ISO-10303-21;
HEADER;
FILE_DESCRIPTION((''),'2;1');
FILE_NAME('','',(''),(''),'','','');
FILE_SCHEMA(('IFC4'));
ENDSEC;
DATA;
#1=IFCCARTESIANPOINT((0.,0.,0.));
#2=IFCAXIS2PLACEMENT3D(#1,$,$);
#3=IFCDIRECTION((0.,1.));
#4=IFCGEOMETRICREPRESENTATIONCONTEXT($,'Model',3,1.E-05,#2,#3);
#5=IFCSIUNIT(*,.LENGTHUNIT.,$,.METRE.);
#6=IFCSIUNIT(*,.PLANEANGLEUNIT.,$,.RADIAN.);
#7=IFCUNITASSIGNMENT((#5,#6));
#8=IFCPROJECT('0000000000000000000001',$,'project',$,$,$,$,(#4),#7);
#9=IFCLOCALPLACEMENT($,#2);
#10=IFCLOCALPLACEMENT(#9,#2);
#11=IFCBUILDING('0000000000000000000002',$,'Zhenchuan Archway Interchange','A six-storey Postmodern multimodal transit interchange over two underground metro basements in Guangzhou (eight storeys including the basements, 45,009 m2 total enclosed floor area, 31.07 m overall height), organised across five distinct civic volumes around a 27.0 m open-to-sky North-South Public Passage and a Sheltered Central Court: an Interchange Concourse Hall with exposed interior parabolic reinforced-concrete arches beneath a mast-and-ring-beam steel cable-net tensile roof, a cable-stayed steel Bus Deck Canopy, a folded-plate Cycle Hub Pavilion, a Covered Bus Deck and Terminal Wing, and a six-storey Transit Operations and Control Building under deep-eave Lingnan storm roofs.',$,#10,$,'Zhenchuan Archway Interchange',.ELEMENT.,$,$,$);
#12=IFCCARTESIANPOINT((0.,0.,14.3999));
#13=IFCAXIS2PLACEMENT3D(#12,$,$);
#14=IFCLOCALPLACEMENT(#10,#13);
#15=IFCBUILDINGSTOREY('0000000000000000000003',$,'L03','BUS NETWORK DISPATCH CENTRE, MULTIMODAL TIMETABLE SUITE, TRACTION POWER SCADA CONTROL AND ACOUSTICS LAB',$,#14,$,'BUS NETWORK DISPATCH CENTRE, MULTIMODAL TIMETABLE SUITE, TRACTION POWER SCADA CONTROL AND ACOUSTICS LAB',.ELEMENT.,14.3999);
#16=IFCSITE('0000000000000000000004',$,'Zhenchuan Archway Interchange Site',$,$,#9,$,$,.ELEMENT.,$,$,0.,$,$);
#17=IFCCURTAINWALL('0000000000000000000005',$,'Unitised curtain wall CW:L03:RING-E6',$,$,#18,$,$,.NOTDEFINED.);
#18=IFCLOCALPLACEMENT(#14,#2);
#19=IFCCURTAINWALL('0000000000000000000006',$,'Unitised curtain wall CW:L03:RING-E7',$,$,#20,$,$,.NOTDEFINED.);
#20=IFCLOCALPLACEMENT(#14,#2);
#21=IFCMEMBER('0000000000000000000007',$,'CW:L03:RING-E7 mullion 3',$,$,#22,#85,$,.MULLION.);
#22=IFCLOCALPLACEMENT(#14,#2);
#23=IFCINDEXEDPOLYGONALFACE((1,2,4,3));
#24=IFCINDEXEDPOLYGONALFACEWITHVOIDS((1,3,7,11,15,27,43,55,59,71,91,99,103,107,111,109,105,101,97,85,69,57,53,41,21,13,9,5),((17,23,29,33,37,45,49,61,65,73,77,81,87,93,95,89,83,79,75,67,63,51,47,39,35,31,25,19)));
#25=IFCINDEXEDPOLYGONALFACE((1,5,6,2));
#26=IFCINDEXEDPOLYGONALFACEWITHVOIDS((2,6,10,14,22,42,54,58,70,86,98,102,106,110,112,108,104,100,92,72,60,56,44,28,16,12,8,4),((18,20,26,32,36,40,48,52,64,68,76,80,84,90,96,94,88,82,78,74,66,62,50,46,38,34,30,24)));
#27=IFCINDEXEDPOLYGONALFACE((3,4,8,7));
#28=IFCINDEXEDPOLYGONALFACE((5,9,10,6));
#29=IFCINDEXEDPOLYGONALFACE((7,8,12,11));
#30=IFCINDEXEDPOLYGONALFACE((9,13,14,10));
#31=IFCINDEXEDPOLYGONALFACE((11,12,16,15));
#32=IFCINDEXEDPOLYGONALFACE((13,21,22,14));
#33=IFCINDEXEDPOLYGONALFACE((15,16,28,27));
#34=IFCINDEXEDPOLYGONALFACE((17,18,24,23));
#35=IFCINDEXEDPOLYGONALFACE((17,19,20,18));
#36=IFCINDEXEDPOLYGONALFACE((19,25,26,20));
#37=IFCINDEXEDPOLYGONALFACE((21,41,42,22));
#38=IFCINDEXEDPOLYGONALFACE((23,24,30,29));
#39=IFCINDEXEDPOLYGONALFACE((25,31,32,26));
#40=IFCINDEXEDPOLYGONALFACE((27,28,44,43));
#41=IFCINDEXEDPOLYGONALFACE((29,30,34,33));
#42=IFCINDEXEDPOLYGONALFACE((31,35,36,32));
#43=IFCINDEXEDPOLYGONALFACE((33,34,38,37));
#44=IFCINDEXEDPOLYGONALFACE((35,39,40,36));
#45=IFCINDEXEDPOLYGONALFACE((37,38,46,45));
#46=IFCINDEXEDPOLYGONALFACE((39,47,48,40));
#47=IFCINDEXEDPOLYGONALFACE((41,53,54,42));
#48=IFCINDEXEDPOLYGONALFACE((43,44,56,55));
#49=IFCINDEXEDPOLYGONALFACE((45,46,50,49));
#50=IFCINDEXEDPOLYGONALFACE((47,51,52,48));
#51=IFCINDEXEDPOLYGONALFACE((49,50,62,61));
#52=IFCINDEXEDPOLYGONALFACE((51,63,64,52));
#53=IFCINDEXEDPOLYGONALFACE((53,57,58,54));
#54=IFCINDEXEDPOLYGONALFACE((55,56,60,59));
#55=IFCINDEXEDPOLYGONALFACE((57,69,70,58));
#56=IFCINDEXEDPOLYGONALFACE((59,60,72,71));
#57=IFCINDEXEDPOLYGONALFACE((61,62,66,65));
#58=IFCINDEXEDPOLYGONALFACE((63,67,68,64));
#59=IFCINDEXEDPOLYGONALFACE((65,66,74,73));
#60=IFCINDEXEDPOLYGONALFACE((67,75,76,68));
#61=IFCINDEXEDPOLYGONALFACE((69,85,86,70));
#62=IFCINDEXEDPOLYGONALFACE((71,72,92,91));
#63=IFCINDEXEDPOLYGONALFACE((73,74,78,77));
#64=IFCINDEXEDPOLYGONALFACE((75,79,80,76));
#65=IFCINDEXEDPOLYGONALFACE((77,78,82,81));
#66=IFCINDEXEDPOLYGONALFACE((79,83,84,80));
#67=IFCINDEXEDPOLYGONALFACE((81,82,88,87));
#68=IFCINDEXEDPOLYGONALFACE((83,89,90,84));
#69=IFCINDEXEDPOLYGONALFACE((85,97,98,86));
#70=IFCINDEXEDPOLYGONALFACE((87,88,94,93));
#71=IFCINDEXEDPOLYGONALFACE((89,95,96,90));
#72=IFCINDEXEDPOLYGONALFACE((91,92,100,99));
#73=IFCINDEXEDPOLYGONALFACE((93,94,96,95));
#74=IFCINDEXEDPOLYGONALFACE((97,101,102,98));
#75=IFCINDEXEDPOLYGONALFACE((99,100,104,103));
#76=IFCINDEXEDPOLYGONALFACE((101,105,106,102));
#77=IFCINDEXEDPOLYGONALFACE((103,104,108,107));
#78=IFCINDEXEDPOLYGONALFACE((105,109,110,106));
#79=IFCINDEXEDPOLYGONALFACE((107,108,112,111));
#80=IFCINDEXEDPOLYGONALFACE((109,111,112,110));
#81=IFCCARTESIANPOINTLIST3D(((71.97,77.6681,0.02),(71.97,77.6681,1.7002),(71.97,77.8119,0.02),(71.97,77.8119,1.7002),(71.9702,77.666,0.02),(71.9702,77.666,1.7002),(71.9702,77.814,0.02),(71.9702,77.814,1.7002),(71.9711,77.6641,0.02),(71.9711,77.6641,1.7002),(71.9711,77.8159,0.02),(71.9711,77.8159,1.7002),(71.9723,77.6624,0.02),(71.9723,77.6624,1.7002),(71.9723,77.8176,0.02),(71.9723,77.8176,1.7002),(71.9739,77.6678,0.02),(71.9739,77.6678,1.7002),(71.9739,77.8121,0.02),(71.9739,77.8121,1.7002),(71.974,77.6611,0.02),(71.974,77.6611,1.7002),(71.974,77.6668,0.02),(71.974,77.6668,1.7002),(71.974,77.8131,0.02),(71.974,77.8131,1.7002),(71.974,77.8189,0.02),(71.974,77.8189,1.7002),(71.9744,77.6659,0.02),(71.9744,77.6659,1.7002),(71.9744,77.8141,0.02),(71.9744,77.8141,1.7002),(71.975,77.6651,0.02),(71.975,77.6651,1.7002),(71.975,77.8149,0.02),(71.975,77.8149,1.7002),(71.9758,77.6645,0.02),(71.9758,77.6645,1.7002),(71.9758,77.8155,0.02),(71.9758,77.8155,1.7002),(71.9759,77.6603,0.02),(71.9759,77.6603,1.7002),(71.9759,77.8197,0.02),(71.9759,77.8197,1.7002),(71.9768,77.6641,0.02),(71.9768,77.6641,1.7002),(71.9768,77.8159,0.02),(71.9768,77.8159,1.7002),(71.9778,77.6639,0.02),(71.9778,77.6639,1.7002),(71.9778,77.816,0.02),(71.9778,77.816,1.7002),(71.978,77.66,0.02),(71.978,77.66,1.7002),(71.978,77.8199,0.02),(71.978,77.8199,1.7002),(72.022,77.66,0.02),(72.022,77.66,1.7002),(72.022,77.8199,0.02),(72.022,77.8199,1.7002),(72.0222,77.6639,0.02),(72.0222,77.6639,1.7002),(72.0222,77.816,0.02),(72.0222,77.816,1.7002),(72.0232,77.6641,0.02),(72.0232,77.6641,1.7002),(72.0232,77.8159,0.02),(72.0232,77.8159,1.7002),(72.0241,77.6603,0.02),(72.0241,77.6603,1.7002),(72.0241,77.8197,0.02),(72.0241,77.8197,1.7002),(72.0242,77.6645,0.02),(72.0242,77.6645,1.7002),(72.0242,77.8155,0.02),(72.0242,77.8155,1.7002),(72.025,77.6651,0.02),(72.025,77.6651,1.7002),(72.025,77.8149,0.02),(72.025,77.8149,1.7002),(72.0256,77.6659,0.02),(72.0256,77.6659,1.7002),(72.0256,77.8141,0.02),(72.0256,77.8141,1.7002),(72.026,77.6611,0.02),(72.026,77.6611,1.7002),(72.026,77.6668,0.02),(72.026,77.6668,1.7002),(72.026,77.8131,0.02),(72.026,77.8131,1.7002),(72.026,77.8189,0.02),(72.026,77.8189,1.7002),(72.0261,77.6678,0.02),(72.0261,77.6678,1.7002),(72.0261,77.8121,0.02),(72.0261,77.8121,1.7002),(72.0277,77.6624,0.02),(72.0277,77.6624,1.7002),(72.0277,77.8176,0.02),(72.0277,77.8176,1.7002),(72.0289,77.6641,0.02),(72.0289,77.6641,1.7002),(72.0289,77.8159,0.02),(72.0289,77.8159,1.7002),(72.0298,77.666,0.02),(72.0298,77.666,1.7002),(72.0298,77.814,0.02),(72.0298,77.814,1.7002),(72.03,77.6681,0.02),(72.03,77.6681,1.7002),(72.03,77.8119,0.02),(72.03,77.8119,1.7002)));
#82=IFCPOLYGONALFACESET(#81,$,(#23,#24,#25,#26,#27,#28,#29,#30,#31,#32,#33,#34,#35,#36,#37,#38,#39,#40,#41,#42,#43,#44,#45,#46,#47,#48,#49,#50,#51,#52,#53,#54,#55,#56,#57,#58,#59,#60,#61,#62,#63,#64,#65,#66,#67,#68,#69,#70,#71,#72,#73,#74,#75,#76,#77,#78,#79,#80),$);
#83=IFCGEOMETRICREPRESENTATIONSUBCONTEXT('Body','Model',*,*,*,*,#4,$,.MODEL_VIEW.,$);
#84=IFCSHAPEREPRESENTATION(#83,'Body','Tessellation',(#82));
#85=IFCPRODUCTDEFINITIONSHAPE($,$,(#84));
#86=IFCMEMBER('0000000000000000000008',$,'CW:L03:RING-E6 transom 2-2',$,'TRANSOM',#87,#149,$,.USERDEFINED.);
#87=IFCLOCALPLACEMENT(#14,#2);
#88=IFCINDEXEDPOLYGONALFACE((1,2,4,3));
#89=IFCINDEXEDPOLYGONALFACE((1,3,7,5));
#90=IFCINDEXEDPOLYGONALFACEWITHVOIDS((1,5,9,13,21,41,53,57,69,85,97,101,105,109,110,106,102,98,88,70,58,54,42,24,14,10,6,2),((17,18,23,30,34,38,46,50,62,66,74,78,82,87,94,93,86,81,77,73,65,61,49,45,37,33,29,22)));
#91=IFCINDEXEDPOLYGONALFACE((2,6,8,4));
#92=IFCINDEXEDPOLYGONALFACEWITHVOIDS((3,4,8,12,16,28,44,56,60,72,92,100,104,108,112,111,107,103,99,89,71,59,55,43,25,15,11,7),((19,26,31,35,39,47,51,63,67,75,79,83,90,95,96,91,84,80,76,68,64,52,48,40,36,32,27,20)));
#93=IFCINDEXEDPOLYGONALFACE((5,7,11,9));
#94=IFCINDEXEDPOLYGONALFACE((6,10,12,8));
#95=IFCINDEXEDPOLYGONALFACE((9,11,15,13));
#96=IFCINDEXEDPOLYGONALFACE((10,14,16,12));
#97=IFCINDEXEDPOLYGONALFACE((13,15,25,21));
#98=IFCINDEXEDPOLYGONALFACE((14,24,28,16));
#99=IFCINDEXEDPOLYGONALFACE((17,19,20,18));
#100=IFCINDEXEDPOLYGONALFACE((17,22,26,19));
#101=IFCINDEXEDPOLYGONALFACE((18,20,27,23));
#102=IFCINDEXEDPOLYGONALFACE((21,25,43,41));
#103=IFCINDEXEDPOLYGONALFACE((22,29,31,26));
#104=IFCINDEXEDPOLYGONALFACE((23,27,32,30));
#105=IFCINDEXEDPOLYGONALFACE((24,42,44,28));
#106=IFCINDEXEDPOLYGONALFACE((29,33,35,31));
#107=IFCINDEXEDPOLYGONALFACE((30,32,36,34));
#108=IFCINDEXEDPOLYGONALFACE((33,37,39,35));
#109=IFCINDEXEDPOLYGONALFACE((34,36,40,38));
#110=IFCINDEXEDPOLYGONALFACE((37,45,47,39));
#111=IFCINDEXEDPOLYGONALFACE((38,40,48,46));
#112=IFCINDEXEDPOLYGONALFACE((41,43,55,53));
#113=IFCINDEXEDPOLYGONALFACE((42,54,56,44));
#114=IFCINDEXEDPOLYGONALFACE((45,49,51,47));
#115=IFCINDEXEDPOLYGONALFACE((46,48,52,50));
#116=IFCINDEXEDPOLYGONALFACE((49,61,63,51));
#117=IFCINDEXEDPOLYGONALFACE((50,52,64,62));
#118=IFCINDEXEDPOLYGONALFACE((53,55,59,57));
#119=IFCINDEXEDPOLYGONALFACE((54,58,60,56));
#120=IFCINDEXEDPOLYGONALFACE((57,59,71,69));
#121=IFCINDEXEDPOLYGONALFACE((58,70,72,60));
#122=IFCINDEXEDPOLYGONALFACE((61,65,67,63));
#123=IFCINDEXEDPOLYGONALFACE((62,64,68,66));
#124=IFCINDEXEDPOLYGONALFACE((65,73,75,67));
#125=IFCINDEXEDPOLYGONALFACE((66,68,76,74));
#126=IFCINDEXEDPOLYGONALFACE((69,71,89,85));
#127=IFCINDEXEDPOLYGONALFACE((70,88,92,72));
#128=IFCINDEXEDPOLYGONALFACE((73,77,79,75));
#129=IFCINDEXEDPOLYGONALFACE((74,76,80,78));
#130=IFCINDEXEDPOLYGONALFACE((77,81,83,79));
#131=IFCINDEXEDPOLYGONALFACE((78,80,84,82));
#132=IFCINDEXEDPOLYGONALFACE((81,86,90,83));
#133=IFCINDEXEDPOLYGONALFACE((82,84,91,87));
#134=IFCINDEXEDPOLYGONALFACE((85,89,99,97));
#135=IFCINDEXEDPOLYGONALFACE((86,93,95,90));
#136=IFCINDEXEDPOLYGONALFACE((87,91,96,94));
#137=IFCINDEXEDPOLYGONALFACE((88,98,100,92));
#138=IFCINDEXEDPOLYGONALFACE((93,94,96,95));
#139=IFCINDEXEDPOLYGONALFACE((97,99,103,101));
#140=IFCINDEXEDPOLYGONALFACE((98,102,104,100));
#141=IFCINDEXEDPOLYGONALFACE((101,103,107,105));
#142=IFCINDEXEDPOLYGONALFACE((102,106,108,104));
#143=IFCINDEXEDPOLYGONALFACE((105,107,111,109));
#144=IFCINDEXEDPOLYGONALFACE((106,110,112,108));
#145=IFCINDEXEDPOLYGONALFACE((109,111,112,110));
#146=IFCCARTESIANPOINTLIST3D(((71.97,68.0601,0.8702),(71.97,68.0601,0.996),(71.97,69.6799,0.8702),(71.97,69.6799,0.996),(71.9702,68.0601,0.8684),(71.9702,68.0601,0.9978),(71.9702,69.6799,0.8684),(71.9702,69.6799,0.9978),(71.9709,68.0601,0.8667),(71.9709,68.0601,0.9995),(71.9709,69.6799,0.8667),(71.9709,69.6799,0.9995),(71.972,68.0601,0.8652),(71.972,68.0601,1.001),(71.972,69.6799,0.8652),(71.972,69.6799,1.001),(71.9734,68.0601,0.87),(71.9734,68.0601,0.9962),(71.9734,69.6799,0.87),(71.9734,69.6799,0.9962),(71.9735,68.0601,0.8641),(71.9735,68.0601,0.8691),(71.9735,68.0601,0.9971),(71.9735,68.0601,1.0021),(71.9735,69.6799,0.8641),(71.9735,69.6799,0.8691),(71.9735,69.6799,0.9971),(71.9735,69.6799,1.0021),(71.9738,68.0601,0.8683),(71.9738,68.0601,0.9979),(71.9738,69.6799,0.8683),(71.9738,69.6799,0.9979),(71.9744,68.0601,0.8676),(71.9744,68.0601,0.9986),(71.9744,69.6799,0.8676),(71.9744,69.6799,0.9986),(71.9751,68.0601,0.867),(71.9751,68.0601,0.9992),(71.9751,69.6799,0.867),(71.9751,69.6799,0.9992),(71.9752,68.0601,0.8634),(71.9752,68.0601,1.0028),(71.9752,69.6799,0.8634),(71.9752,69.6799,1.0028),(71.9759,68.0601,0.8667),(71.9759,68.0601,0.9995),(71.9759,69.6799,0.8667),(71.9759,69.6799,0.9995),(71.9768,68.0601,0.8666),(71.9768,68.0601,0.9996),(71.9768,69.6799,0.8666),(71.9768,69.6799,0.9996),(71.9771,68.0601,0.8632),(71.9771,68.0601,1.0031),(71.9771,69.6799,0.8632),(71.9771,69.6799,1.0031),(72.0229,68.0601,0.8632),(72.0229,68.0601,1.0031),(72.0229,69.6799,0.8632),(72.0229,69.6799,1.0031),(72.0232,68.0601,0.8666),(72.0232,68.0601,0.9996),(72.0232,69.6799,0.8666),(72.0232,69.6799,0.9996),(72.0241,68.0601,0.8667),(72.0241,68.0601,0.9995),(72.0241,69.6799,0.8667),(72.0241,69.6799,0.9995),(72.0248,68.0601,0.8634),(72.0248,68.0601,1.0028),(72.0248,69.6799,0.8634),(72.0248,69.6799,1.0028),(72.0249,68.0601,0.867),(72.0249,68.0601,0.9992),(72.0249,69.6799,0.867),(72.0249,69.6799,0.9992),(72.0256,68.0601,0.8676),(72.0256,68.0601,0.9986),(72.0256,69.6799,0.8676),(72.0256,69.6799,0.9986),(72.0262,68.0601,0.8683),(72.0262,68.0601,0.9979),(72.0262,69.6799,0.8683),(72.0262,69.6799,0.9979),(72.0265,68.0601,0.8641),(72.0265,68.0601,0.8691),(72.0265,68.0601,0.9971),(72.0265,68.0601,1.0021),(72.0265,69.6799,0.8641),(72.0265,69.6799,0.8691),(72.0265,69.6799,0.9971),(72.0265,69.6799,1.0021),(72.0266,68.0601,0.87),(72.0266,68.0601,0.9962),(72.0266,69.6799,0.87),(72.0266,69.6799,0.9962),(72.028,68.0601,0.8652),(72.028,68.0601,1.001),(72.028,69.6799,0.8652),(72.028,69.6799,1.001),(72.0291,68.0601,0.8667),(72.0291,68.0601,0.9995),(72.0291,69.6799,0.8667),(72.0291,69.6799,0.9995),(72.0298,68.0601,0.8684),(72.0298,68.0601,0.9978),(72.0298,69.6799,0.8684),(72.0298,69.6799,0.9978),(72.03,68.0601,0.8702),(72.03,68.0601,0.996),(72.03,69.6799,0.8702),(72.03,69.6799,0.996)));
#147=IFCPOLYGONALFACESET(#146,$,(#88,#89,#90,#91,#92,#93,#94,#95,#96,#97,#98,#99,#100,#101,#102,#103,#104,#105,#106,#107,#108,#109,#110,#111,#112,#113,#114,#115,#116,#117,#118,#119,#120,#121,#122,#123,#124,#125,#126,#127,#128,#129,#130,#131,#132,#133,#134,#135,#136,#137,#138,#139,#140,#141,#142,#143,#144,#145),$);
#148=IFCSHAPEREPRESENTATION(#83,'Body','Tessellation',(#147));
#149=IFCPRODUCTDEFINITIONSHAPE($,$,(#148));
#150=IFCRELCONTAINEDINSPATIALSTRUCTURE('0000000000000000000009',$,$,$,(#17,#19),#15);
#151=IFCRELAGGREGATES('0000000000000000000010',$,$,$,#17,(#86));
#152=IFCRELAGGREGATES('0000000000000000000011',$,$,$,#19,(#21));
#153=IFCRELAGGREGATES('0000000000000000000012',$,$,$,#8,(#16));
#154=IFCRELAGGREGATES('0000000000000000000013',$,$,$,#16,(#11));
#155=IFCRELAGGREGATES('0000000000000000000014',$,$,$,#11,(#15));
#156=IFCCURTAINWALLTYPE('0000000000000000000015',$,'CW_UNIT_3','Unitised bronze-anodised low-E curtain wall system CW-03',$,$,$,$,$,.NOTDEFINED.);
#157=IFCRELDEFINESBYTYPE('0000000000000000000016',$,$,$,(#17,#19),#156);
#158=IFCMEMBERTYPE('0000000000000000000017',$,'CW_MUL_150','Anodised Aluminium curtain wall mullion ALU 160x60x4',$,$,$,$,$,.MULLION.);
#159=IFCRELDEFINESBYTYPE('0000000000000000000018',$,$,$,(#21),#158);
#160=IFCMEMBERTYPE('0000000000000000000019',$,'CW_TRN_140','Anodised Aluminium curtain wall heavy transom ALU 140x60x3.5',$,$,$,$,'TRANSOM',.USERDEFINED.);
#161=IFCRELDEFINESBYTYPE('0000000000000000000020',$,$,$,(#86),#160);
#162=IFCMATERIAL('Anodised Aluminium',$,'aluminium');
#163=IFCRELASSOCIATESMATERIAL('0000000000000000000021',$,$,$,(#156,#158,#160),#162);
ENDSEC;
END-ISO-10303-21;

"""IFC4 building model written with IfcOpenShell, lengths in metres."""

from ifc_helpers import new_model, si_unit, direction, frame, origin, origin_2d, place, context, subcontext, project, spatial, hollow_rectangle, extrude, material, material_profile, profile_set, type_object, element, aggregate, save


model = new_model("IFC4")

# Units and contexts
model_context = context("Model", 3, precision=1e-05, world=origin(), true_north=direction((0.0, 1.0)))
body_context = subcontext(model_context, "Body", "Model", "MODEL_VIEW")
ifc_project = project(units=[si_unit("LENGTHUNIT", "METRE"), si_unit("PLANEANGLEUNIT", "RADIAN")], contexts=[model_context])

# Site, building, storey
site_placement = place(None, origin())
site = spatial("IfcSite", under=ifc_project, at=site_placement, Name="Zhenchuan Archway Interchange Site", CompositionType="ELEMENT", RefElevation=0.0)
building_placement = place(site_placement, origin())
building = spatial("IfcBuilding", under=site, at=building_placement, Name="Zhenchuan Archway Interchange", Description="A six-storey Postmodern multimodal transit interchange over two underground metro basements in Guangzhou (eight storeys including the basements, 45,009 m2 total enclosed floor area, 31.07 m overall height), organised across five distinct civic volumes around a 27.0 m open-to-sky North-South Public Passage and a Sheltered Central Court: an Interchange Concourse Hall with exposed interior parabolic reinforced-concrete arches beneath a mast-and-ring-beam steel cable-net tensile roof, a cable-stayed steel Bus Deck Canopy, a folded-plate Cycle Hub Pavilion, a Covered Bus Deck and Terminal Wing, and a six-storey Transit Operations and Control Building under deep-eave Lingnan storm roofs.", LongName="Zhenchuan Archway Interchange", CompositionType="ELEMENT")
storey_placement = place(building_placement, frame((0.0, 0.0, 14.3999)))
storey = spatial("IfcBuildingStorey", under=building, at=storey_placement, Name="L03", Description="BUS NETWORK DISPATCH CENTRE, MULTIMODAL TIMETABLE SUITE, TRACTION POWER SCADA CONTROL AND ACOUSTICS LAB", LongName="BUS NETWORK DISPATCH CENTRE, MULTIMODAL TIMETABLE SUITE, TRACTION POWER SCADA CONTROL AND ACOUSTICS LAB", CompositionType="ELEMENT", Elevation=14.3999)

# Curtain walls, member
ifc_material_1 = material(Name="Anodised Aluminium", Category="aluminium")
curtain_wall_type = type_object("IfcCurtainWallType", Name="CW_UNIT_3", Description="Unitised bronze-anodised low-E curtain wall system CW-03", PredefinedType="NOTDEFINED", material=ifc_material_1)
curtain_wall_1_placement = place(storey_placement, origin())
curtain_wall_1 = element("IfcCurtainWall", 1, at=curtain_wall_1_placement, inside=storey, type_object=curtain_wall_type, Name="Unitised curtain wall CW:L03:RING-E6", PredefinedType="NOTDEFINED")
ifc_material_profile_1 = material_profile(ifc_material_1, hollow_rectangle(XDim=0.0601, YDim=0.1599, WallThickness=0.0039, InnerFilletRadius=0.0039, OuterFilletRadius=0.0081, at=origin_2d()), Name="ALU 160x60x4")
ifc_profile_set_1 = profile_set([ifc_material_profile_1], Name="Anodised Aluminium")
member_type_1 = type_object("IfcMemberType", Name="CW_MUL_150", Description="Anodised Aluminium curtain wall mullion ALU 160x60x4", PredefinedType="MULLION", material=ifc_profile_set_1)
curtain_wall_2_placement = place(storey_placement, origin())
curtain_wall_2 = element("IfcCurtainWall", 2, at=curtain_wall_2_placement, inside=storey, type_object=curtain_wall_type, Name="Unitised curtain wall CW:L03:RING-E7", PredefinedType="NOTDEFINED")
member_1_placement = place(storey_placement, frame((72.0, 77.74, 0.02), z_axis=(0.0, 0.0, 1.0), x_axis=(1.0, 0.0, 0.0)))
member_1 = element("IfcMember", 3, at=member_1_placement, type_object=member_type_1, Name="CW:L03:RING-E7 mullion 3", PredefinedType="MULLION", context=body_context, shape_type="SweptSolid", body=[
    extrude(hollow_rectangle(XDim=0.0601, YDim=0.1599, WallThickness=0.0039, InnerFilletRadius=0.0039, OuterFilletRadius=0.0081, at=origin_2d()), origin(), (0.0, 0.0, 1.0), 1.6802),
])

# Member
ifc_material_profile_2 = material_profile(ifc_material_1, hollow_rectangle(XDim=0.0601, YDim=0.1399, WallThickness=0.0034, InnerFilletRadius=0.0034, OuterFilletRadius=0.0071, at=origin_2d()), Name="ALU 140x60x3.5")
ifc_profile_set_2 = profile_set([ifc_material_profile_2], Name="Anodised Aluminium")
member_type_2 = type_object("IfcMemberType", Name="CW_TRN_140", Description="Anodised Aluminium curtain wall heavy transom ALU 140x60x3.5", ElementType="TRANSOM", PredefinedType="USERDEFINED", material=ifc_profile_set_2)
member_2_placement = place(storey_placement, frame((72.0, 68.0601, 0.9331), z_axis=(0.0, 1.0, 0.0), x_axis=(-1.0, 0.0, 0.0)))
member_2 = element("IfcMember", 4, at=member_2_placement, type_object=member_type_2, Name="CW:L03:RING-E6 transom 2-2", ObjectType="TRANSOM", PredefinedType="USERDEFINED", context=body_context, shape_type="SweptSolid", body=[
    extrude(hollow_rectangle(XDim=0.0601, YDim=0.1399, WallThickness=0.0034, InnerFilletRadius=0.0034, OuterFilletRadius=0.0071, at=origin_2d()), origin(), (0.0, 0.0, 1.0), 1.6199),
])

aggregate(curtain_wall_1, [member_2])
aggregate(curtain_wall_2, [member_1])

save(model, "model.ifc")
